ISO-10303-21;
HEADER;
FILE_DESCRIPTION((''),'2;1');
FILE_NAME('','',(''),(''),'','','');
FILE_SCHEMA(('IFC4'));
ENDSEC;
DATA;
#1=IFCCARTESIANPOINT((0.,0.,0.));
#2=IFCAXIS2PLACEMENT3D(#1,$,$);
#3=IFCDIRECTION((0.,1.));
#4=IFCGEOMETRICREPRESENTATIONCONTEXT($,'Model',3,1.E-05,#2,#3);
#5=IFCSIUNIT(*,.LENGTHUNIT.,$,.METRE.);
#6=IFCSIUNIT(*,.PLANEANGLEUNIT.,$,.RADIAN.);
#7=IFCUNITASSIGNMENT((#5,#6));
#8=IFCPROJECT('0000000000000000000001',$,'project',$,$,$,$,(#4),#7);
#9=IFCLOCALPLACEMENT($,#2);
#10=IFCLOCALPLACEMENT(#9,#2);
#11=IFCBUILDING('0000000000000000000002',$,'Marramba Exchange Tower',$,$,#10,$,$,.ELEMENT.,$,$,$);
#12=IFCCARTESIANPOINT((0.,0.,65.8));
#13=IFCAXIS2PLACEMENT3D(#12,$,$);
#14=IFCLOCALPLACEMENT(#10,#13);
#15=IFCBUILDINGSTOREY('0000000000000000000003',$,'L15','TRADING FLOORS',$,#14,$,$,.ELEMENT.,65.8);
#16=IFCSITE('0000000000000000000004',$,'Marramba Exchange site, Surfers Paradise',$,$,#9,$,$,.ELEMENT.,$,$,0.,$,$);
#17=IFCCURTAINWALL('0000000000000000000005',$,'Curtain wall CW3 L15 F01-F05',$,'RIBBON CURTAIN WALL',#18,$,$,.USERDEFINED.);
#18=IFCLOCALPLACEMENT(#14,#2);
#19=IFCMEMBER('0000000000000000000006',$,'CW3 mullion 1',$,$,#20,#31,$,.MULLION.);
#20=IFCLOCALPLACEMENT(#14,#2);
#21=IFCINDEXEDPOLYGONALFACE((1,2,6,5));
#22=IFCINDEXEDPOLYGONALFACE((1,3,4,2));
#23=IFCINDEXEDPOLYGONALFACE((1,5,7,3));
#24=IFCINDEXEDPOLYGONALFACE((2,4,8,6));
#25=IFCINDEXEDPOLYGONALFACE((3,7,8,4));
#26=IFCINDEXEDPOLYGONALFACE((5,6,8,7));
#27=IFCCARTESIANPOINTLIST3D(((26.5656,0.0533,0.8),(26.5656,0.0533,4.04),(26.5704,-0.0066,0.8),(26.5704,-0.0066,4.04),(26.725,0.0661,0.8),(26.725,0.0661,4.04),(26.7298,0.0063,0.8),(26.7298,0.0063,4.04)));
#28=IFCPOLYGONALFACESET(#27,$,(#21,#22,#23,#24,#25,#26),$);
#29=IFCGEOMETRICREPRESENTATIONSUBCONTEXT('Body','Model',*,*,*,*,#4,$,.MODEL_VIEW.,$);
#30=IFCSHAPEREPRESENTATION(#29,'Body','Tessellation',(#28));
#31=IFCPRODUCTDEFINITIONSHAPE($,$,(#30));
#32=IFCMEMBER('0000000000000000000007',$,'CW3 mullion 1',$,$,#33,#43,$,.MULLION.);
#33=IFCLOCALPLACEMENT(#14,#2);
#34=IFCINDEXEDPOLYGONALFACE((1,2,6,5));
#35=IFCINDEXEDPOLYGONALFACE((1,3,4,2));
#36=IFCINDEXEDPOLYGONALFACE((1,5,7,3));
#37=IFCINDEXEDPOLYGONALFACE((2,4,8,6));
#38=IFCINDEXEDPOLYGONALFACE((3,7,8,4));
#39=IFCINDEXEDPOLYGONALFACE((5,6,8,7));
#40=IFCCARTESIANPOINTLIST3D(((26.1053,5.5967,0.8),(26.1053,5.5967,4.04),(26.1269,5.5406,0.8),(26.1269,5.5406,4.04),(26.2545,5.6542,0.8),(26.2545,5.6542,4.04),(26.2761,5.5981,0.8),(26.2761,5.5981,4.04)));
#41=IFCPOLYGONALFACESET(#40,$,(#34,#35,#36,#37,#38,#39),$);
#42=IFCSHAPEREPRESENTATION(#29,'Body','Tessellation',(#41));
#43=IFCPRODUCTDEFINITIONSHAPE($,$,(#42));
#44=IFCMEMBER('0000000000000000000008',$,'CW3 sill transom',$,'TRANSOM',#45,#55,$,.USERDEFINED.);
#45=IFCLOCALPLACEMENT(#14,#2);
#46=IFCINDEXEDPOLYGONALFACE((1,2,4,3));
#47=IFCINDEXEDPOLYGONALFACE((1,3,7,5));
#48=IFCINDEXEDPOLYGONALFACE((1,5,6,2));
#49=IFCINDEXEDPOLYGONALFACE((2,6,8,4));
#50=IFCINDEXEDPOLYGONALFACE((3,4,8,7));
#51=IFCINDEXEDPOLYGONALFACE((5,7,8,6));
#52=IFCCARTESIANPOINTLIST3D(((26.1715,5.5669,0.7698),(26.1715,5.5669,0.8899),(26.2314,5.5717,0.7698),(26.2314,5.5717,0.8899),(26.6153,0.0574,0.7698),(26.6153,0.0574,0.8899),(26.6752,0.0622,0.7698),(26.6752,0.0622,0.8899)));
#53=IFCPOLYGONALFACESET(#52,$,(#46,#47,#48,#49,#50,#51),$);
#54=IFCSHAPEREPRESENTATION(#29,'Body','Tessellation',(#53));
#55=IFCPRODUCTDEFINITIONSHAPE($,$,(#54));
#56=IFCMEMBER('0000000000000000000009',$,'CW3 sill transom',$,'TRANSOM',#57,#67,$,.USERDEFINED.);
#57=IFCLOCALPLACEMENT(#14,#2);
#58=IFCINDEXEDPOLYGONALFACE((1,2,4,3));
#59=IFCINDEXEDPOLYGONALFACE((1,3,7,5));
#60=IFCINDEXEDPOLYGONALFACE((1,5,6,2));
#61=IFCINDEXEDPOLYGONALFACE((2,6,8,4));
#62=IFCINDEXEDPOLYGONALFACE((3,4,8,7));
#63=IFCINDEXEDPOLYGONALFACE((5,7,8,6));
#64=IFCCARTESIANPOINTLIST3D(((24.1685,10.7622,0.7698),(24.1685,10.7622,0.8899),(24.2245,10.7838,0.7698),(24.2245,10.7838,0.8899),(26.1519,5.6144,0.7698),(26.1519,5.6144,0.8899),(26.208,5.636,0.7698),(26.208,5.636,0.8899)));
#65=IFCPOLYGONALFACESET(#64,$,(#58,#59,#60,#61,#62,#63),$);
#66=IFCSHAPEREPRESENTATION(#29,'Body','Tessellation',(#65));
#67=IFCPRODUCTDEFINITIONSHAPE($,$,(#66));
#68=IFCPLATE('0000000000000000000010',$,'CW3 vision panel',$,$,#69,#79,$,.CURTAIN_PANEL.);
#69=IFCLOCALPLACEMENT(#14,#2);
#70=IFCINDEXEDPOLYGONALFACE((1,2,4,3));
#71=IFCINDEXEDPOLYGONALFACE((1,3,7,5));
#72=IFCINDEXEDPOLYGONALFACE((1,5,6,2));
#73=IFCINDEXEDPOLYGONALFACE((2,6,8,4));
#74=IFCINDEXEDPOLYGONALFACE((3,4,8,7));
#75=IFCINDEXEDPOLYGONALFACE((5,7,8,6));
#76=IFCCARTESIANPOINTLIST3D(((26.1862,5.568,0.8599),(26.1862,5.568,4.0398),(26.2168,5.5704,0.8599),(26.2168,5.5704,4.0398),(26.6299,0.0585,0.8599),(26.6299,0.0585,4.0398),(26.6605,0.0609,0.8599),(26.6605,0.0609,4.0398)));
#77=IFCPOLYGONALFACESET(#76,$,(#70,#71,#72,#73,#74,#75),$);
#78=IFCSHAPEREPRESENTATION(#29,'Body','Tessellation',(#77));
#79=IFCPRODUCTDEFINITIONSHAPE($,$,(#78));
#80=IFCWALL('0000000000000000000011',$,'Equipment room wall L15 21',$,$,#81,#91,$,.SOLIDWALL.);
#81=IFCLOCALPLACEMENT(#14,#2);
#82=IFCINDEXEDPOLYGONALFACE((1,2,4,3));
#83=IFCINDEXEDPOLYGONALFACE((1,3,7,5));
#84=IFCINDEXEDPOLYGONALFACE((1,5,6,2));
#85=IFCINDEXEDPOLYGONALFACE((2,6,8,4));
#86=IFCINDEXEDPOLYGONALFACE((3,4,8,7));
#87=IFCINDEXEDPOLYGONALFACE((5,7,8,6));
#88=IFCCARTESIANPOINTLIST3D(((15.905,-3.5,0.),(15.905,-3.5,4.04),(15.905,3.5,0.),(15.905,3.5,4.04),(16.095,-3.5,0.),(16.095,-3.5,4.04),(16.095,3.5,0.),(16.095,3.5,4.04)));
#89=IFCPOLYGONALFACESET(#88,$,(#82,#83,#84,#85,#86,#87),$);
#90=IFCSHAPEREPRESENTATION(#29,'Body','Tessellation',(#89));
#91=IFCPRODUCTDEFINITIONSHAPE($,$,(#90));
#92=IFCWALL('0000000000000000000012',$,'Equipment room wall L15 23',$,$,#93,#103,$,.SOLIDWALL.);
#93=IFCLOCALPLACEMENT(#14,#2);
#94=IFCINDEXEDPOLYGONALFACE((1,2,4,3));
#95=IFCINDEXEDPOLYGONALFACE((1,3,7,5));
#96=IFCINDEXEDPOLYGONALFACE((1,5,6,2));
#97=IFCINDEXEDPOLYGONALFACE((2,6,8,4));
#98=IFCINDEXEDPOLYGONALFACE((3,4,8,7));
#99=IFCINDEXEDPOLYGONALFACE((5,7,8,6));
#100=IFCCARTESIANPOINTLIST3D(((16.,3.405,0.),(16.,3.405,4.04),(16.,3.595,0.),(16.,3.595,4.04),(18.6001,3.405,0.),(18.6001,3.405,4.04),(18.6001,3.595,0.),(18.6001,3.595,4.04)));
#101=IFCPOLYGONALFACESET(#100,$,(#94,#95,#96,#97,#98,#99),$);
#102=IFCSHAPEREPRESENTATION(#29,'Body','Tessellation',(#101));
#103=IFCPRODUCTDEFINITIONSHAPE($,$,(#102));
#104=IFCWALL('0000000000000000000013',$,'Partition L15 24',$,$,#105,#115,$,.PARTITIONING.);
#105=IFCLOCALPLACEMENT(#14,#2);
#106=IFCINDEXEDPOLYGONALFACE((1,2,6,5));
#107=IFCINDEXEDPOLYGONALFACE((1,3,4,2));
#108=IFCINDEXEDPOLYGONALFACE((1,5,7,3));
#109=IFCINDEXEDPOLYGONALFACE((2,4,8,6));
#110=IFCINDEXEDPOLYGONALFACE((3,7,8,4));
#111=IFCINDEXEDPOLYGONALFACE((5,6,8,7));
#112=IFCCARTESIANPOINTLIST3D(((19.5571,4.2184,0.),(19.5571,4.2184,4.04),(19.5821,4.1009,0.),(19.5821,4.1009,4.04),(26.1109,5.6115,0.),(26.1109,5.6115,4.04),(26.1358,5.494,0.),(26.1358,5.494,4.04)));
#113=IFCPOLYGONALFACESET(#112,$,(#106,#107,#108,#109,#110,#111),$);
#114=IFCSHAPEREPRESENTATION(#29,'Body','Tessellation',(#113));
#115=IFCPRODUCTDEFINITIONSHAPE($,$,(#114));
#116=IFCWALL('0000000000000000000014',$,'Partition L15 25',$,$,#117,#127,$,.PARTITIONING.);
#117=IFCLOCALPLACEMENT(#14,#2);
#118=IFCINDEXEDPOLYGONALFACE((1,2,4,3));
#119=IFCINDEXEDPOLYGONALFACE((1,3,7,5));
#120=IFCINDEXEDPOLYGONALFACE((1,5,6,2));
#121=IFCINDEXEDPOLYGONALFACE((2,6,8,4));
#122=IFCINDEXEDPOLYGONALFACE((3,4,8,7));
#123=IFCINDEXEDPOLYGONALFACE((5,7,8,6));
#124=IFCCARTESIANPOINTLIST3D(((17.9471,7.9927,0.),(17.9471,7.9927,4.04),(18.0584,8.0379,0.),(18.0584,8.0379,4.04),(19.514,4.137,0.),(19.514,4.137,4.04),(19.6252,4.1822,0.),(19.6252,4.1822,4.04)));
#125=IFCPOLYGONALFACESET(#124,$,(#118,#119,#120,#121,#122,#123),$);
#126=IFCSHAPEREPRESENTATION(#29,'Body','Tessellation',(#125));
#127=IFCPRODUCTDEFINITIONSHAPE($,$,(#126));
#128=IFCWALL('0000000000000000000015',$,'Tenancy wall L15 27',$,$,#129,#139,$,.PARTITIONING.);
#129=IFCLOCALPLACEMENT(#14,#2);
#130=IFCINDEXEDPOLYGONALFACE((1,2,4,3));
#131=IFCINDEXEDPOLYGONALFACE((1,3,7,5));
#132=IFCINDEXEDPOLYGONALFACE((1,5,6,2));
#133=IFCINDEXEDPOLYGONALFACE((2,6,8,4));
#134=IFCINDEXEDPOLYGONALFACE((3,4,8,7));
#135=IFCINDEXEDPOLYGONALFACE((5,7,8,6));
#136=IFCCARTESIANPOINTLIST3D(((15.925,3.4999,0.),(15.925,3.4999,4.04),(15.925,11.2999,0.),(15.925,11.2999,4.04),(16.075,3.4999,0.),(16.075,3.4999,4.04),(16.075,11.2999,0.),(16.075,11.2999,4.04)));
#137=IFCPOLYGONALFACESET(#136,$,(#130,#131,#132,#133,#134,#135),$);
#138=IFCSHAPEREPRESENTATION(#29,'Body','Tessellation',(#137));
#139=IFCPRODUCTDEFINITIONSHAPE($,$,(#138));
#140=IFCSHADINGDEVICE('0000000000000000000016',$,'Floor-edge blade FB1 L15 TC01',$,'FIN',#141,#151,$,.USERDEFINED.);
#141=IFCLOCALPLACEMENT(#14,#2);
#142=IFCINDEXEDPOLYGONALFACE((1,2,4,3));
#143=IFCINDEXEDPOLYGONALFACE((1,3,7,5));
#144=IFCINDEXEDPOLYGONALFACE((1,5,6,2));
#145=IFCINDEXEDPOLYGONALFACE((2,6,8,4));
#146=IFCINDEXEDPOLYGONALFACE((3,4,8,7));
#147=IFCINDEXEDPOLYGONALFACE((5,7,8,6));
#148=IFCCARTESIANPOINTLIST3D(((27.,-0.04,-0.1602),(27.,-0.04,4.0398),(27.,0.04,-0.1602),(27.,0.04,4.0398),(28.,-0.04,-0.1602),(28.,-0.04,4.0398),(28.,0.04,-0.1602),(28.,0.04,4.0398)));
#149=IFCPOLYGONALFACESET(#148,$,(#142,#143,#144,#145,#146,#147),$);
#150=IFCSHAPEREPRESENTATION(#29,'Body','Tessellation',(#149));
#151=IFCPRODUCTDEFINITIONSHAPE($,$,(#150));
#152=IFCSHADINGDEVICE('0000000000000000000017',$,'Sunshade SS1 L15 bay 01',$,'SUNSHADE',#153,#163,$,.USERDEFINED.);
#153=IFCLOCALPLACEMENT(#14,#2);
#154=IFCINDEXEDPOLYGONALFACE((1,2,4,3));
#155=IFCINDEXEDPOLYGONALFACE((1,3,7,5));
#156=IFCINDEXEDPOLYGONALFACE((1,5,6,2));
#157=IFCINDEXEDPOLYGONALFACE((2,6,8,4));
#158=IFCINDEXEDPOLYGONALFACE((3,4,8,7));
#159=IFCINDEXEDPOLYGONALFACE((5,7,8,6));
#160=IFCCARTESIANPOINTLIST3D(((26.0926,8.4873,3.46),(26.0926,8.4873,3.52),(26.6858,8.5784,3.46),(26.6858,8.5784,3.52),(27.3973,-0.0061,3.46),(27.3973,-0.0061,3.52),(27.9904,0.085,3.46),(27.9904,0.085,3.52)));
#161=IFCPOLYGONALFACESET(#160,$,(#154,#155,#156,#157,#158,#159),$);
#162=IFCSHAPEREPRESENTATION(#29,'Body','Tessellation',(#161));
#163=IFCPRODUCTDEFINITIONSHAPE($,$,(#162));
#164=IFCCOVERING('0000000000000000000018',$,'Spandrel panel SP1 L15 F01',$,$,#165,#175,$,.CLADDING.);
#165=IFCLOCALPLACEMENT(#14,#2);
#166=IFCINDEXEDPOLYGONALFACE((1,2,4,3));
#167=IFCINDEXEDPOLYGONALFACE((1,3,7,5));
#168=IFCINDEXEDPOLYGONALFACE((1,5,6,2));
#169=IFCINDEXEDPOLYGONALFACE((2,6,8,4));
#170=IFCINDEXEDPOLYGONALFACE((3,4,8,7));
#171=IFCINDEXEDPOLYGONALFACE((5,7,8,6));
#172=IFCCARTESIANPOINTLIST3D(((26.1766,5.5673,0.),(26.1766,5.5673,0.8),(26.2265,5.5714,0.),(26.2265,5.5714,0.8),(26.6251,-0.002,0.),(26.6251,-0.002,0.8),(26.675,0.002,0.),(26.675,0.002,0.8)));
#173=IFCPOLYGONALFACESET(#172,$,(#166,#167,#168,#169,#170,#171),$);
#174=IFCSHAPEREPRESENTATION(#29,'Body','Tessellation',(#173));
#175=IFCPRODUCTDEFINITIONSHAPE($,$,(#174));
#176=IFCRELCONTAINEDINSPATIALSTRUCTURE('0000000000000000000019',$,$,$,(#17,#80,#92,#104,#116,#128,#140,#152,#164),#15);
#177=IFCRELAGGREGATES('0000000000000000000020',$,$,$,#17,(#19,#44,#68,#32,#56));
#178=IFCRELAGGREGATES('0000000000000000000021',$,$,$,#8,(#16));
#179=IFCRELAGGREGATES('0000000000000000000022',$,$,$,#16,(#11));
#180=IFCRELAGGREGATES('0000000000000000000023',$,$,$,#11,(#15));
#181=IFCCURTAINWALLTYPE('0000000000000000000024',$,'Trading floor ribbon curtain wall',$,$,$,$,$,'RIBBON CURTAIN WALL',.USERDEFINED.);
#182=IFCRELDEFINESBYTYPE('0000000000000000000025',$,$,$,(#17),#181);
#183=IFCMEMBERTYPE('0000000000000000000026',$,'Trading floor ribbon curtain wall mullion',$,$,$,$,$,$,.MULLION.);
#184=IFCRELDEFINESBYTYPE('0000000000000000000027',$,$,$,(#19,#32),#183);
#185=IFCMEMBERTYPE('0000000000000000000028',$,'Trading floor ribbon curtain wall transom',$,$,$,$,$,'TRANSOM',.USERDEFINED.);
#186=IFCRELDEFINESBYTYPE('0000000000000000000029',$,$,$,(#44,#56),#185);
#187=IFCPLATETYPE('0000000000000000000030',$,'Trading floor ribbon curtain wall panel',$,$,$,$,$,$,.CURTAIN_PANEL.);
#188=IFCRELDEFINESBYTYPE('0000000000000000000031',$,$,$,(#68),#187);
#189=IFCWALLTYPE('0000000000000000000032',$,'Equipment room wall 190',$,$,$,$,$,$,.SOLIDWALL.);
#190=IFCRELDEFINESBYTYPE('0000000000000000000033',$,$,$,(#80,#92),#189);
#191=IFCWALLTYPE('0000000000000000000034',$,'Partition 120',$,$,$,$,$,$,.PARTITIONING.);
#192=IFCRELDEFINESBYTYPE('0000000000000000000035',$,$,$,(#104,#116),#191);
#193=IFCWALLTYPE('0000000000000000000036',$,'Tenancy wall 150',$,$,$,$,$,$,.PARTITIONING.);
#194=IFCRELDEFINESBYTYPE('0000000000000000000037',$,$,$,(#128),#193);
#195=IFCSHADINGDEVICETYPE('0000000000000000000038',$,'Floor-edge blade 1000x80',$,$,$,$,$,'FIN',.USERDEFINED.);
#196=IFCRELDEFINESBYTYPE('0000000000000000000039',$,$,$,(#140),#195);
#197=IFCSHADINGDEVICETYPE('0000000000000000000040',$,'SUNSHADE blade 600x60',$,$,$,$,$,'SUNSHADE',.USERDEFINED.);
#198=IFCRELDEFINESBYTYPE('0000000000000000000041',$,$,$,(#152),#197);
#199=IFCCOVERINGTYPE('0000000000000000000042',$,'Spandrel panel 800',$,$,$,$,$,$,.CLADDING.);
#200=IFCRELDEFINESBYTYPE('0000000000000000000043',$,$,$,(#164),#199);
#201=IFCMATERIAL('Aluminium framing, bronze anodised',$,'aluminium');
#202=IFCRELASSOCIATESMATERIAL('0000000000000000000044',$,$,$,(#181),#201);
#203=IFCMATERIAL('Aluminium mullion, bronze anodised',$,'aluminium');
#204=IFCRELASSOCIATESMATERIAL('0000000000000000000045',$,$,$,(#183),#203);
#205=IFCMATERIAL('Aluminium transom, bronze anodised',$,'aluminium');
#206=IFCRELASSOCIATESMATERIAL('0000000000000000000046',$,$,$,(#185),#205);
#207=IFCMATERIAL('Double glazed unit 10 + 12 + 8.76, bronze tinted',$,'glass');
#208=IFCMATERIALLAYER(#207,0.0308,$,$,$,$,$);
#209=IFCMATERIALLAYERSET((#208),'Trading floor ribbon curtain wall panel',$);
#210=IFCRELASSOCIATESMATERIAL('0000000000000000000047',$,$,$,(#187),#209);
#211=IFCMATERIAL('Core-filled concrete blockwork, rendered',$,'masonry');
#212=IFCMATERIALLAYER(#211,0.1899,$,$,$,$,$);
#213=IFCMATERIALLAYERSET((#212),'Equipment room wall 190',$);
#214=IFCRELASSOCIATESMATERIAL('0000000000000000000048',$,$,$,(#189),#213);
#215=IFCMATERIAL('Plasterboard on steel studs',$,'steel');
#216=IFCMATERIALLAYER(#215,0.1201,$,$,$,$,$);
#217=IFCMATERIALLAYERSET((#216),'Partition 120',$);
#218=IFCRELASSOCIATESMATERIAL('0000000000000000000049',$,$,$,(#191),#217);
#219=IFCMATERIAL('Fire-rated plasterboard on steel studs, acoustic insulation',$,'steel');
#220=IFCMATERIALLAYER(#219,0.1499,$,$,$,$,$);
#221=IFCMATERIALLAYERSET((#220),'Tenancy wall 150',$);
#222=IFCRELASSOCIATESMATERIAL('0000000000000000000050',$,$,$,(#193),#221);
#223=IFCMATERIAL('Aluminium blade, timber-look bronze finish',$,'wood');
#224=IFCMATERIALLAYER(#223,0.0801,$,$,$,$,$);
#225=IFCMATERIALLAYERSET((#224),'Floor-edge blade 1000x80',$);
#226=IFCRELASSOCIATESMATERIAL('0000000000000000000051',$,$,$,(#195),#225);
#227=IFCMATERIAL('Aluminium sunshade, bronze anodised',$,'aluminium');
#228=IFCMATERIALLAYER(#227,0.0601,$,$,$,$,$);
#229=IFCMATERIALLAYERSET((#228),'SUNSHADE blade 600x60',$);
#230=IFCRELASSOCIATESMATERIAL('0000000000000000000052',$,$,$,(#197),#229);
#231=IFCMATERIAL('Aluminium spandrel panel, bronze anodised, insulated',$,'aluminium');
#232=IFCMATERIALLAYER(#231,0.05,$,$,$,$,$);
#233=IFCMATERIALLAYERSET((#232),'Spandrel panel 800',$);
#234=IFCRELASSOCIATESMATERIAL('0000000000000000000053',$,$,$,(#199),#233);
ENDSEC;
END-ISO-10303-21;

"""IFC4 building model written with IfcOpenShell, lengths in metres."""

from ifc_helpers import new_model, si_unit, direction, frame, frame_2d, origin, origin_2d, place, context, subcontext, project, spatial, rectangle, extrude, material, layer, layer_set, material_profile, profile_set, type_object, element, aggregate, save


model = new_model("IFC4")

# Units and contexts
model_context = context("Model", 3, precision=1e-05, world=origin(), true_north=direction((0.0, 1.0)))
body_context = subcontext(model_context, "Body", "Model", "MODEL_VIEW")
ifc_project = project(units=[si_unit("LENGTHUNIT", "METRE"), si_unit("PLANEANGLEUNIT", "RADIAN")], contexts=[model_context])

# Site, building, storey
site_placement = place(None, origin())
site = spatial("IfcSite", under=ifc_project, at=site_placement, Name="Marramba Exchange site, Surfers Paradise", CompositionType="ELEMENT", RefElevation=0.0)
building_placement = place(site_placement, origin())
building = spatial("IfcBuilding", under=site, at=building_placement, Name="Marramba Exchange Tower", CompositionType="ELEMENT")
storey_placement = place(building_placement, frame((0.0, 0.0, 65.8)))
storey = spatial("IfcBuildingStorey", under=building, at=storey_placement, Name="L15", Description="TRADING FLOORS", CompositionType="ELEMENT", Elevation=65.8)

# Curtain wall, members, plate
ifc_material_1 = material(Name="Aluminium framing, bronze anodised", Category="aluminium")
curtain_wall_type = type_object("IfcCurtainWallType", Name="Trading floor ribbon curtain wall", ElementType="RIBBON CURTAIN WALL", PredefinedType="USERDEFINED", material=ifc_material_1)
curtain_wall_placement = place(storey_placement, origin())
curtain_wall = element("IfcCurtainWall", 1, at=curtain_wall_placement, inside=storey, type_object=curtain_wall_type, Name="Curtain wall CW3 L15 F01-F05", ObjectType="RIBBON CURTAIN WALL", PredefinedType="USERDEFINED")
ifc_material_2 = material(Name="Aluminium mullion, bronze anodised", Category="aluminium")
ifc_material_profile_1 = material_profile(ifc_material_2, rectangle(XDim=0.1599, YDim=0.0601, at=origin_2d()), Name="CW3 mullion 60x160")
ifc_profile_set_1 = profile_set([ifc_material_profile_1], Name="Aluminium mullion, bronze anodised")
member_type_1 = type_object("IfcMemberType", Name="Trading floor ribbon curtain wall mullion", PredefinedType="MULLION", material=ifc_profile_set_1)
member_1_placement = place(storey_placement, frame((26.6477, 0.0298, 0.8), z_axis=(0.0, 0.0, 1.0), x_axis=(-0.996773, -0.080275, 0.0)))
member_1 = element("IfcMember", 2, at=member_1_placement, type_object=member_type_1, Name="CW3 mullion 1", PredefinedType="MULLION", context=body_context, shape_type="SweptSolid", body=[
    extrude(rectangle(XDim=0.1599, YDim=0.0601, at=origin_2d()), origin(), (0.0, 0.0, 1.0), 3.24),
])
member_2_placement = place(storey_placement, frame((26.1907, 5.5974, 0.8), z_axis=(0.0, 0.0, 1.0), x_axis=(-0.933135, -0.359526, 0.0)))
member_2 = element("IfcMember", 3, at=member_2_placement, type_object=member_type_1, Name="CW3 mullion 1", PredefinedType="MULLION", context=body_context, shape_type="SweptSolid", body=[
    extrude(rectangle(XDim=0.1599, YDim=0.0601, at=origin_2d()), origin(), (0.0, 0.0, 1.0), 3.24),
])
ifc_material_3 = material(Name="Aluminium transom, bronze anodised", Category="aluminium")
ifc_material_profile_2 = material_profile(ifc_material_3, rectangle(XDim=0.0601, YDim=0.1201, at=origin_2d()), Name="CW3 transom 60x120")
ifc_profile_set_2 = profile_set([ifc_material_profile_2], Name="Aluminium transom, bronze anodised")
member_type_2 = type_object("IfcMemberType", Name="Trading floor ribbon curtain wall transom", ElementType="TRANSOM", PredefinedType="USERDEFINED", material=ifc_profile_set_2)
member_3_placement = place(storey_placement, frame((26.6453, 0.0598, 0.8298), z_axis=(-0.0803, 0.996771, 0.0), x_axis=(-0.996771, -0.0803, 0.0)))
member_3 = element("IfcMember", 4, at=member_3_placement, type_object=member_type_2, Name="CW3 sill transom", ObjectType="TRANSOM", PredefinedType="USERDEFINED", context=body_context, shape_type="SweptSolid", body=[
    extrude(rectangle(XDim=0.0601, YDim=0.1201, at=origin_2d()), origin(), (0.0, 0.0, 1.0), 5.5273),
])
member_4_placement = place(storey_placement, frame((26.1799, 5.6252, 0.8298), z_axis=(-0.359534, 0.933132, 0.0), x_axis=(-0.933132, -0.359534, 0.0)))
member_4 = element("IfcMember", 5, at=member_4_placement, type_object=member_type_2, Name="CW3 sill transom", ObjectType="TRANSOM", PredefinedType="USERDEFINED", context=body_context, shape_type="SweptSolid", body=[
    extrude(rectangle(XDim=0.0601, YDim=0.1201, at=origin_2d()), origin(), (0.0, 0.0, 1.0), 5.5166),
])
ifc_material_4 = material(Name="Double glazed unit 10 + 12 + 8.76, bronze tinted", Category="glass")
ifc_layer_1 = layer(ifc_material_4, 0.0308)
ifc_layer_set_1 = layer_set([ifc_layer_1], Name="Trading floor ribbon curtain wall panel")
plate_type = type_object("IfcPlateType", Name="Trading floor ribbon curtain wall panel", PredefinedType="CURTAIN_PANEL", material=ifc_layer_set_1)
plate_placement = place(storey_placement, frame((26.4233, 2.8145, 0.8599), z_axis=(0.0, 0.0, 1.0), x_axis=(-0.080275, 0.996773, 0.0)))
plate = element("IfcPlate", 6, at=plate_placement, type_object=plate_type, Name="CW3 vision panel", PredefinedType="CURTAIN_PANEL", context=body_context, shape_type="SweptSolid", body=[
    extrude(rectangle(XDim=5.5273, YDim=0.0308, at=origin_2d()), origin(), (0.0, 0.0, 1.0), 3.1799),
])
aggregate(curtain_wall, [member_1, member_3, plate, member_2, member_4])

# Walls
ifc_material_5 = material(Name="Core-filled concrete blockwork, rendered", Category="masonry")
ifc_layer_2 = layer(ifc_material_5, 0.1899)
ifc_layer_set_2 = layer_set([ifc_layer_2], Name="Equipment room wall 190")
wall_type_1 = type_object("IfcWallType", Name="Equipment room wall 190", PredefinedType="SOLIDWALL", material=ifc_layer_set_2)
wall_1_placement = place(storey_placement, frame((16.0, 3.5, 0.0), z_axis=(0.0, 0.0, 1.0), x_axis=(0.0, -1.0, 0.0)))
element("IfcWall", 7, at=wall_1_placement, inside=storey, type_object=wall_type_1, Name="Equipment room wall L15 21", PredefinedType="SOLIDWALL", context=body_context, shape_type="SweptSolid", body=[
    extrude(rectangle(XDim=7.0, YDim=0.1899, at=frame_2d((3.5, 0.0))), origin(), (0.0, 0.0, 1.0), 4.04),
])
wall_2_placement = place(storey_placement, frame((18.6001, 3.5, 0.0), z_axis=(0.0, 0.0, 1.0), x_axis=(-1.0, 0.0, 0.0)))
element("IfcWall", 8, at=wall_2_placement, inside=storey, type_object=wall_type_1, Name="Equipment room wall L15 23", PredefinedType="SOLIDWALL", context=body_context, shape_type="SweptSolid", body=[
    extrude(rectangle(XDim=2.6001, YDim=0.1899, at=frame_2d((1.3, 0.0))), origin(), (0.0, 0.0, 1.0), 4.04),
])
ifc_material_6 = material(Name="Plasterboard on steel studs", Category="steel")
ifc_layer_3 = layer(ifc_material_6, 0.1201)
ifc_layer_set_3 = layer_set([ifc_layer_3], Name="Partition 120")
wall_type_2 = type_object("IfcWallType", Name="Partition 120", PredefinedType="PARTITIONING", material=ifc_layer_set_3)
wall_3_placement = place(storey_placement, frame((19.5696, 4.1597, 0.0), z_axis=(0.0, 0.0, 1.0), x_axis=(0.978147, 0.207916, 0.0)))
element("IfcWall", 9, at=wall_3_placement, inside=storey, type_object=wall_type_2, Name="Partition L15 24", PredefinedType="PARTITIONING", context=body_context, shape_type="SweptSolid", body=[
    extrude(rectangle(XDim=6.7002, YDim=0.1201, at=frame_2d((3.3501, 0.0))), origin(), (0.0, 0.0, 1.0), 4.04),
])
wall_4_placement = place(storey_placement, frame((18.0027, 8.0154, 0.0), z_axis=(0.0, 0.0, 1.0), x_axis=(0.376482, -0.926424, 0.0)))
element("IfcWall", 10, at=wall_4_placement, inside=storey, type_object=wall_type_2, Name="Partition L15 25", PredefinedType="PARTITIONING", context=body_context, shape_type="SweptSolid", body=[
    extrude(rectangle(XDim=4.1619, YDim=0.1201, at=frame_2d((2.0811, 0.0))), origin(), (0.0, 0.0, 1.0), 4.04),
])
ifc_material_7 = material(Name="Fire-rated plasterboard on steel studs, acoustic insulation", Category="steel")
ifc_layer_4 = layer(ifc_material_7, 0.1499)
ifc_layer_set_4 = layer_set([ifc_layer_4], Name="Tenancy wall 150")
wall_type_3 = type_object("IfcWallType", Name="Tenancy wall 150", PredefinedType="PARTITIONING", material=ifc_layer_set_4)
wall_5_placement = place(storey_placement, frame((16.0, 3.5, 0.0), z_axis=(0.0, 0.0, 1.0), x_axis=(0.0, 1.0, 0.0)))
element("IfcWall", 11, at=wall_5_placement, inside=storey, type_object=wall_type_3, Name="Tenancy wall L15 27", PredefinedType="PARTITIONING", context=body_context, shape_type="SweptSolid", body=[
    extrude(rectangle(XDim=7.8, YDim=0.1499, at=frame_2d((3.8999, 0.0))), origin(), (0.0, 0.0, 1.0), 4.04),
])

# Shading devices
ifc_material_8 = material(Name="Aluminium blade, timber-look bronze finish", Category="wood")
ifc_layer_5 = layer(ifc_material_8, 0.0801)
ifc_layer_set_5 = layer_set([ifc_layer_5], Name="Floor-edge blade 1000x80")
shading_device_type_1 = type_object("IfcShadingDeviceType", Name="Floor-edge blade 1000x80", ElementType="FIN", PredefinedType="USERDEFINED", material=ifc_layer_set_5)
shading_device_1_placement = place(storey_placement, frame((27.5, 0.0, -0.1602), z_axis=(0.0, 0.0, 1.0), x_axis=(1.0, 0.0, 0.0)))
element("IfcShadingDevice", 12, at=shading_device_1_placement, inside=storey, type_object=shading_device_type_1, Name="Floor-edge blade FB1 L15 TC01", ObjectType="FIN", PredefinedType="USERDEFINED", context=body_context, shape_type="SweptSolid", body=[
    extrude(rectangle(XDim=1.0, YDim=0.0801, at=origin_2d()), origin(), (0.0, 0.0, 1.0), 4.2),
])
ifc_material_9 = material(Name="Aluminium sunshade, bronze anodised", Category="aluminium")
ifc_layer_6 = layer(ifc_material_9, 0.0601)
ifc_layer_set_6 = layer_set([ifc_layer_6], Name="SUNSHADE blade 600x60")
shading_device_type_2 = type_object("IfcShadingDeviceType", Name="SUNSHADE blade 600x60", ElementType="SUNSHADE", PredefinedType="USERDEFINED", material=ifc_layer_set_6)
shading_device_2_placement = place(storey_placement, frame((27.0415, 4.2861, 3.46), z_axis=(0.0, 0.0, 1.0), x_axis=(-0.151825, 0.988407, 0.0)))
element("IfcShadingDevice", 13, at=shading_device_2_placement, inside=storey, type_object=shading_device_type_2, Name="Sunshade SS1 L15 bay 01", ObjectType="SUNSHADE", PredefinedType="USERDEFINED", context=body_context, shape_type="SweptSolid", body=[
    extrude(rectangle(XDim=8.593, YDim=0.6001, at=origin_2d()), origin(), (0.0, 0.0, 1.0), 0.0601),
])

# Covering
ifc_material_10 = material(Name="Aluminium spandrel panel, bronze anodised, insulated", Category="aluminium")
ifc_layer_7 = layer(ifc_material_10, 0.05)
ifc_layer_set_7 = layer_set([ifc_layer_7], Name="Spandrel panel 800")
covering_type = type_object("IfcCoveringType", Name="Spandrel panel 800", PredefinedType="CLADDING", material=ifc_layer_set_7)
covering_1_placement = place(storey_placement, frame((26.4258, 2.7847, 0.0), z_axis=(0.0, 0.0, 1.0), x_axis=(-0.080275, 0.996773, 0.0)))
element("IfcCovering", 14, at=covering_1_placement, inside=storey, type_object=covering_type, Name="Spandrel panel SP1 L15 F01", PredefinedType="CLADDING", context=body_context, shape_type="SweptSolid", body=[
    extrude(rectangle(XDim=5.5874, YDim=0.05, at=origin_2d()), origin(), (0.0, 0.0, 1.0), 0.8),
])

save(model, "model.ifc")
